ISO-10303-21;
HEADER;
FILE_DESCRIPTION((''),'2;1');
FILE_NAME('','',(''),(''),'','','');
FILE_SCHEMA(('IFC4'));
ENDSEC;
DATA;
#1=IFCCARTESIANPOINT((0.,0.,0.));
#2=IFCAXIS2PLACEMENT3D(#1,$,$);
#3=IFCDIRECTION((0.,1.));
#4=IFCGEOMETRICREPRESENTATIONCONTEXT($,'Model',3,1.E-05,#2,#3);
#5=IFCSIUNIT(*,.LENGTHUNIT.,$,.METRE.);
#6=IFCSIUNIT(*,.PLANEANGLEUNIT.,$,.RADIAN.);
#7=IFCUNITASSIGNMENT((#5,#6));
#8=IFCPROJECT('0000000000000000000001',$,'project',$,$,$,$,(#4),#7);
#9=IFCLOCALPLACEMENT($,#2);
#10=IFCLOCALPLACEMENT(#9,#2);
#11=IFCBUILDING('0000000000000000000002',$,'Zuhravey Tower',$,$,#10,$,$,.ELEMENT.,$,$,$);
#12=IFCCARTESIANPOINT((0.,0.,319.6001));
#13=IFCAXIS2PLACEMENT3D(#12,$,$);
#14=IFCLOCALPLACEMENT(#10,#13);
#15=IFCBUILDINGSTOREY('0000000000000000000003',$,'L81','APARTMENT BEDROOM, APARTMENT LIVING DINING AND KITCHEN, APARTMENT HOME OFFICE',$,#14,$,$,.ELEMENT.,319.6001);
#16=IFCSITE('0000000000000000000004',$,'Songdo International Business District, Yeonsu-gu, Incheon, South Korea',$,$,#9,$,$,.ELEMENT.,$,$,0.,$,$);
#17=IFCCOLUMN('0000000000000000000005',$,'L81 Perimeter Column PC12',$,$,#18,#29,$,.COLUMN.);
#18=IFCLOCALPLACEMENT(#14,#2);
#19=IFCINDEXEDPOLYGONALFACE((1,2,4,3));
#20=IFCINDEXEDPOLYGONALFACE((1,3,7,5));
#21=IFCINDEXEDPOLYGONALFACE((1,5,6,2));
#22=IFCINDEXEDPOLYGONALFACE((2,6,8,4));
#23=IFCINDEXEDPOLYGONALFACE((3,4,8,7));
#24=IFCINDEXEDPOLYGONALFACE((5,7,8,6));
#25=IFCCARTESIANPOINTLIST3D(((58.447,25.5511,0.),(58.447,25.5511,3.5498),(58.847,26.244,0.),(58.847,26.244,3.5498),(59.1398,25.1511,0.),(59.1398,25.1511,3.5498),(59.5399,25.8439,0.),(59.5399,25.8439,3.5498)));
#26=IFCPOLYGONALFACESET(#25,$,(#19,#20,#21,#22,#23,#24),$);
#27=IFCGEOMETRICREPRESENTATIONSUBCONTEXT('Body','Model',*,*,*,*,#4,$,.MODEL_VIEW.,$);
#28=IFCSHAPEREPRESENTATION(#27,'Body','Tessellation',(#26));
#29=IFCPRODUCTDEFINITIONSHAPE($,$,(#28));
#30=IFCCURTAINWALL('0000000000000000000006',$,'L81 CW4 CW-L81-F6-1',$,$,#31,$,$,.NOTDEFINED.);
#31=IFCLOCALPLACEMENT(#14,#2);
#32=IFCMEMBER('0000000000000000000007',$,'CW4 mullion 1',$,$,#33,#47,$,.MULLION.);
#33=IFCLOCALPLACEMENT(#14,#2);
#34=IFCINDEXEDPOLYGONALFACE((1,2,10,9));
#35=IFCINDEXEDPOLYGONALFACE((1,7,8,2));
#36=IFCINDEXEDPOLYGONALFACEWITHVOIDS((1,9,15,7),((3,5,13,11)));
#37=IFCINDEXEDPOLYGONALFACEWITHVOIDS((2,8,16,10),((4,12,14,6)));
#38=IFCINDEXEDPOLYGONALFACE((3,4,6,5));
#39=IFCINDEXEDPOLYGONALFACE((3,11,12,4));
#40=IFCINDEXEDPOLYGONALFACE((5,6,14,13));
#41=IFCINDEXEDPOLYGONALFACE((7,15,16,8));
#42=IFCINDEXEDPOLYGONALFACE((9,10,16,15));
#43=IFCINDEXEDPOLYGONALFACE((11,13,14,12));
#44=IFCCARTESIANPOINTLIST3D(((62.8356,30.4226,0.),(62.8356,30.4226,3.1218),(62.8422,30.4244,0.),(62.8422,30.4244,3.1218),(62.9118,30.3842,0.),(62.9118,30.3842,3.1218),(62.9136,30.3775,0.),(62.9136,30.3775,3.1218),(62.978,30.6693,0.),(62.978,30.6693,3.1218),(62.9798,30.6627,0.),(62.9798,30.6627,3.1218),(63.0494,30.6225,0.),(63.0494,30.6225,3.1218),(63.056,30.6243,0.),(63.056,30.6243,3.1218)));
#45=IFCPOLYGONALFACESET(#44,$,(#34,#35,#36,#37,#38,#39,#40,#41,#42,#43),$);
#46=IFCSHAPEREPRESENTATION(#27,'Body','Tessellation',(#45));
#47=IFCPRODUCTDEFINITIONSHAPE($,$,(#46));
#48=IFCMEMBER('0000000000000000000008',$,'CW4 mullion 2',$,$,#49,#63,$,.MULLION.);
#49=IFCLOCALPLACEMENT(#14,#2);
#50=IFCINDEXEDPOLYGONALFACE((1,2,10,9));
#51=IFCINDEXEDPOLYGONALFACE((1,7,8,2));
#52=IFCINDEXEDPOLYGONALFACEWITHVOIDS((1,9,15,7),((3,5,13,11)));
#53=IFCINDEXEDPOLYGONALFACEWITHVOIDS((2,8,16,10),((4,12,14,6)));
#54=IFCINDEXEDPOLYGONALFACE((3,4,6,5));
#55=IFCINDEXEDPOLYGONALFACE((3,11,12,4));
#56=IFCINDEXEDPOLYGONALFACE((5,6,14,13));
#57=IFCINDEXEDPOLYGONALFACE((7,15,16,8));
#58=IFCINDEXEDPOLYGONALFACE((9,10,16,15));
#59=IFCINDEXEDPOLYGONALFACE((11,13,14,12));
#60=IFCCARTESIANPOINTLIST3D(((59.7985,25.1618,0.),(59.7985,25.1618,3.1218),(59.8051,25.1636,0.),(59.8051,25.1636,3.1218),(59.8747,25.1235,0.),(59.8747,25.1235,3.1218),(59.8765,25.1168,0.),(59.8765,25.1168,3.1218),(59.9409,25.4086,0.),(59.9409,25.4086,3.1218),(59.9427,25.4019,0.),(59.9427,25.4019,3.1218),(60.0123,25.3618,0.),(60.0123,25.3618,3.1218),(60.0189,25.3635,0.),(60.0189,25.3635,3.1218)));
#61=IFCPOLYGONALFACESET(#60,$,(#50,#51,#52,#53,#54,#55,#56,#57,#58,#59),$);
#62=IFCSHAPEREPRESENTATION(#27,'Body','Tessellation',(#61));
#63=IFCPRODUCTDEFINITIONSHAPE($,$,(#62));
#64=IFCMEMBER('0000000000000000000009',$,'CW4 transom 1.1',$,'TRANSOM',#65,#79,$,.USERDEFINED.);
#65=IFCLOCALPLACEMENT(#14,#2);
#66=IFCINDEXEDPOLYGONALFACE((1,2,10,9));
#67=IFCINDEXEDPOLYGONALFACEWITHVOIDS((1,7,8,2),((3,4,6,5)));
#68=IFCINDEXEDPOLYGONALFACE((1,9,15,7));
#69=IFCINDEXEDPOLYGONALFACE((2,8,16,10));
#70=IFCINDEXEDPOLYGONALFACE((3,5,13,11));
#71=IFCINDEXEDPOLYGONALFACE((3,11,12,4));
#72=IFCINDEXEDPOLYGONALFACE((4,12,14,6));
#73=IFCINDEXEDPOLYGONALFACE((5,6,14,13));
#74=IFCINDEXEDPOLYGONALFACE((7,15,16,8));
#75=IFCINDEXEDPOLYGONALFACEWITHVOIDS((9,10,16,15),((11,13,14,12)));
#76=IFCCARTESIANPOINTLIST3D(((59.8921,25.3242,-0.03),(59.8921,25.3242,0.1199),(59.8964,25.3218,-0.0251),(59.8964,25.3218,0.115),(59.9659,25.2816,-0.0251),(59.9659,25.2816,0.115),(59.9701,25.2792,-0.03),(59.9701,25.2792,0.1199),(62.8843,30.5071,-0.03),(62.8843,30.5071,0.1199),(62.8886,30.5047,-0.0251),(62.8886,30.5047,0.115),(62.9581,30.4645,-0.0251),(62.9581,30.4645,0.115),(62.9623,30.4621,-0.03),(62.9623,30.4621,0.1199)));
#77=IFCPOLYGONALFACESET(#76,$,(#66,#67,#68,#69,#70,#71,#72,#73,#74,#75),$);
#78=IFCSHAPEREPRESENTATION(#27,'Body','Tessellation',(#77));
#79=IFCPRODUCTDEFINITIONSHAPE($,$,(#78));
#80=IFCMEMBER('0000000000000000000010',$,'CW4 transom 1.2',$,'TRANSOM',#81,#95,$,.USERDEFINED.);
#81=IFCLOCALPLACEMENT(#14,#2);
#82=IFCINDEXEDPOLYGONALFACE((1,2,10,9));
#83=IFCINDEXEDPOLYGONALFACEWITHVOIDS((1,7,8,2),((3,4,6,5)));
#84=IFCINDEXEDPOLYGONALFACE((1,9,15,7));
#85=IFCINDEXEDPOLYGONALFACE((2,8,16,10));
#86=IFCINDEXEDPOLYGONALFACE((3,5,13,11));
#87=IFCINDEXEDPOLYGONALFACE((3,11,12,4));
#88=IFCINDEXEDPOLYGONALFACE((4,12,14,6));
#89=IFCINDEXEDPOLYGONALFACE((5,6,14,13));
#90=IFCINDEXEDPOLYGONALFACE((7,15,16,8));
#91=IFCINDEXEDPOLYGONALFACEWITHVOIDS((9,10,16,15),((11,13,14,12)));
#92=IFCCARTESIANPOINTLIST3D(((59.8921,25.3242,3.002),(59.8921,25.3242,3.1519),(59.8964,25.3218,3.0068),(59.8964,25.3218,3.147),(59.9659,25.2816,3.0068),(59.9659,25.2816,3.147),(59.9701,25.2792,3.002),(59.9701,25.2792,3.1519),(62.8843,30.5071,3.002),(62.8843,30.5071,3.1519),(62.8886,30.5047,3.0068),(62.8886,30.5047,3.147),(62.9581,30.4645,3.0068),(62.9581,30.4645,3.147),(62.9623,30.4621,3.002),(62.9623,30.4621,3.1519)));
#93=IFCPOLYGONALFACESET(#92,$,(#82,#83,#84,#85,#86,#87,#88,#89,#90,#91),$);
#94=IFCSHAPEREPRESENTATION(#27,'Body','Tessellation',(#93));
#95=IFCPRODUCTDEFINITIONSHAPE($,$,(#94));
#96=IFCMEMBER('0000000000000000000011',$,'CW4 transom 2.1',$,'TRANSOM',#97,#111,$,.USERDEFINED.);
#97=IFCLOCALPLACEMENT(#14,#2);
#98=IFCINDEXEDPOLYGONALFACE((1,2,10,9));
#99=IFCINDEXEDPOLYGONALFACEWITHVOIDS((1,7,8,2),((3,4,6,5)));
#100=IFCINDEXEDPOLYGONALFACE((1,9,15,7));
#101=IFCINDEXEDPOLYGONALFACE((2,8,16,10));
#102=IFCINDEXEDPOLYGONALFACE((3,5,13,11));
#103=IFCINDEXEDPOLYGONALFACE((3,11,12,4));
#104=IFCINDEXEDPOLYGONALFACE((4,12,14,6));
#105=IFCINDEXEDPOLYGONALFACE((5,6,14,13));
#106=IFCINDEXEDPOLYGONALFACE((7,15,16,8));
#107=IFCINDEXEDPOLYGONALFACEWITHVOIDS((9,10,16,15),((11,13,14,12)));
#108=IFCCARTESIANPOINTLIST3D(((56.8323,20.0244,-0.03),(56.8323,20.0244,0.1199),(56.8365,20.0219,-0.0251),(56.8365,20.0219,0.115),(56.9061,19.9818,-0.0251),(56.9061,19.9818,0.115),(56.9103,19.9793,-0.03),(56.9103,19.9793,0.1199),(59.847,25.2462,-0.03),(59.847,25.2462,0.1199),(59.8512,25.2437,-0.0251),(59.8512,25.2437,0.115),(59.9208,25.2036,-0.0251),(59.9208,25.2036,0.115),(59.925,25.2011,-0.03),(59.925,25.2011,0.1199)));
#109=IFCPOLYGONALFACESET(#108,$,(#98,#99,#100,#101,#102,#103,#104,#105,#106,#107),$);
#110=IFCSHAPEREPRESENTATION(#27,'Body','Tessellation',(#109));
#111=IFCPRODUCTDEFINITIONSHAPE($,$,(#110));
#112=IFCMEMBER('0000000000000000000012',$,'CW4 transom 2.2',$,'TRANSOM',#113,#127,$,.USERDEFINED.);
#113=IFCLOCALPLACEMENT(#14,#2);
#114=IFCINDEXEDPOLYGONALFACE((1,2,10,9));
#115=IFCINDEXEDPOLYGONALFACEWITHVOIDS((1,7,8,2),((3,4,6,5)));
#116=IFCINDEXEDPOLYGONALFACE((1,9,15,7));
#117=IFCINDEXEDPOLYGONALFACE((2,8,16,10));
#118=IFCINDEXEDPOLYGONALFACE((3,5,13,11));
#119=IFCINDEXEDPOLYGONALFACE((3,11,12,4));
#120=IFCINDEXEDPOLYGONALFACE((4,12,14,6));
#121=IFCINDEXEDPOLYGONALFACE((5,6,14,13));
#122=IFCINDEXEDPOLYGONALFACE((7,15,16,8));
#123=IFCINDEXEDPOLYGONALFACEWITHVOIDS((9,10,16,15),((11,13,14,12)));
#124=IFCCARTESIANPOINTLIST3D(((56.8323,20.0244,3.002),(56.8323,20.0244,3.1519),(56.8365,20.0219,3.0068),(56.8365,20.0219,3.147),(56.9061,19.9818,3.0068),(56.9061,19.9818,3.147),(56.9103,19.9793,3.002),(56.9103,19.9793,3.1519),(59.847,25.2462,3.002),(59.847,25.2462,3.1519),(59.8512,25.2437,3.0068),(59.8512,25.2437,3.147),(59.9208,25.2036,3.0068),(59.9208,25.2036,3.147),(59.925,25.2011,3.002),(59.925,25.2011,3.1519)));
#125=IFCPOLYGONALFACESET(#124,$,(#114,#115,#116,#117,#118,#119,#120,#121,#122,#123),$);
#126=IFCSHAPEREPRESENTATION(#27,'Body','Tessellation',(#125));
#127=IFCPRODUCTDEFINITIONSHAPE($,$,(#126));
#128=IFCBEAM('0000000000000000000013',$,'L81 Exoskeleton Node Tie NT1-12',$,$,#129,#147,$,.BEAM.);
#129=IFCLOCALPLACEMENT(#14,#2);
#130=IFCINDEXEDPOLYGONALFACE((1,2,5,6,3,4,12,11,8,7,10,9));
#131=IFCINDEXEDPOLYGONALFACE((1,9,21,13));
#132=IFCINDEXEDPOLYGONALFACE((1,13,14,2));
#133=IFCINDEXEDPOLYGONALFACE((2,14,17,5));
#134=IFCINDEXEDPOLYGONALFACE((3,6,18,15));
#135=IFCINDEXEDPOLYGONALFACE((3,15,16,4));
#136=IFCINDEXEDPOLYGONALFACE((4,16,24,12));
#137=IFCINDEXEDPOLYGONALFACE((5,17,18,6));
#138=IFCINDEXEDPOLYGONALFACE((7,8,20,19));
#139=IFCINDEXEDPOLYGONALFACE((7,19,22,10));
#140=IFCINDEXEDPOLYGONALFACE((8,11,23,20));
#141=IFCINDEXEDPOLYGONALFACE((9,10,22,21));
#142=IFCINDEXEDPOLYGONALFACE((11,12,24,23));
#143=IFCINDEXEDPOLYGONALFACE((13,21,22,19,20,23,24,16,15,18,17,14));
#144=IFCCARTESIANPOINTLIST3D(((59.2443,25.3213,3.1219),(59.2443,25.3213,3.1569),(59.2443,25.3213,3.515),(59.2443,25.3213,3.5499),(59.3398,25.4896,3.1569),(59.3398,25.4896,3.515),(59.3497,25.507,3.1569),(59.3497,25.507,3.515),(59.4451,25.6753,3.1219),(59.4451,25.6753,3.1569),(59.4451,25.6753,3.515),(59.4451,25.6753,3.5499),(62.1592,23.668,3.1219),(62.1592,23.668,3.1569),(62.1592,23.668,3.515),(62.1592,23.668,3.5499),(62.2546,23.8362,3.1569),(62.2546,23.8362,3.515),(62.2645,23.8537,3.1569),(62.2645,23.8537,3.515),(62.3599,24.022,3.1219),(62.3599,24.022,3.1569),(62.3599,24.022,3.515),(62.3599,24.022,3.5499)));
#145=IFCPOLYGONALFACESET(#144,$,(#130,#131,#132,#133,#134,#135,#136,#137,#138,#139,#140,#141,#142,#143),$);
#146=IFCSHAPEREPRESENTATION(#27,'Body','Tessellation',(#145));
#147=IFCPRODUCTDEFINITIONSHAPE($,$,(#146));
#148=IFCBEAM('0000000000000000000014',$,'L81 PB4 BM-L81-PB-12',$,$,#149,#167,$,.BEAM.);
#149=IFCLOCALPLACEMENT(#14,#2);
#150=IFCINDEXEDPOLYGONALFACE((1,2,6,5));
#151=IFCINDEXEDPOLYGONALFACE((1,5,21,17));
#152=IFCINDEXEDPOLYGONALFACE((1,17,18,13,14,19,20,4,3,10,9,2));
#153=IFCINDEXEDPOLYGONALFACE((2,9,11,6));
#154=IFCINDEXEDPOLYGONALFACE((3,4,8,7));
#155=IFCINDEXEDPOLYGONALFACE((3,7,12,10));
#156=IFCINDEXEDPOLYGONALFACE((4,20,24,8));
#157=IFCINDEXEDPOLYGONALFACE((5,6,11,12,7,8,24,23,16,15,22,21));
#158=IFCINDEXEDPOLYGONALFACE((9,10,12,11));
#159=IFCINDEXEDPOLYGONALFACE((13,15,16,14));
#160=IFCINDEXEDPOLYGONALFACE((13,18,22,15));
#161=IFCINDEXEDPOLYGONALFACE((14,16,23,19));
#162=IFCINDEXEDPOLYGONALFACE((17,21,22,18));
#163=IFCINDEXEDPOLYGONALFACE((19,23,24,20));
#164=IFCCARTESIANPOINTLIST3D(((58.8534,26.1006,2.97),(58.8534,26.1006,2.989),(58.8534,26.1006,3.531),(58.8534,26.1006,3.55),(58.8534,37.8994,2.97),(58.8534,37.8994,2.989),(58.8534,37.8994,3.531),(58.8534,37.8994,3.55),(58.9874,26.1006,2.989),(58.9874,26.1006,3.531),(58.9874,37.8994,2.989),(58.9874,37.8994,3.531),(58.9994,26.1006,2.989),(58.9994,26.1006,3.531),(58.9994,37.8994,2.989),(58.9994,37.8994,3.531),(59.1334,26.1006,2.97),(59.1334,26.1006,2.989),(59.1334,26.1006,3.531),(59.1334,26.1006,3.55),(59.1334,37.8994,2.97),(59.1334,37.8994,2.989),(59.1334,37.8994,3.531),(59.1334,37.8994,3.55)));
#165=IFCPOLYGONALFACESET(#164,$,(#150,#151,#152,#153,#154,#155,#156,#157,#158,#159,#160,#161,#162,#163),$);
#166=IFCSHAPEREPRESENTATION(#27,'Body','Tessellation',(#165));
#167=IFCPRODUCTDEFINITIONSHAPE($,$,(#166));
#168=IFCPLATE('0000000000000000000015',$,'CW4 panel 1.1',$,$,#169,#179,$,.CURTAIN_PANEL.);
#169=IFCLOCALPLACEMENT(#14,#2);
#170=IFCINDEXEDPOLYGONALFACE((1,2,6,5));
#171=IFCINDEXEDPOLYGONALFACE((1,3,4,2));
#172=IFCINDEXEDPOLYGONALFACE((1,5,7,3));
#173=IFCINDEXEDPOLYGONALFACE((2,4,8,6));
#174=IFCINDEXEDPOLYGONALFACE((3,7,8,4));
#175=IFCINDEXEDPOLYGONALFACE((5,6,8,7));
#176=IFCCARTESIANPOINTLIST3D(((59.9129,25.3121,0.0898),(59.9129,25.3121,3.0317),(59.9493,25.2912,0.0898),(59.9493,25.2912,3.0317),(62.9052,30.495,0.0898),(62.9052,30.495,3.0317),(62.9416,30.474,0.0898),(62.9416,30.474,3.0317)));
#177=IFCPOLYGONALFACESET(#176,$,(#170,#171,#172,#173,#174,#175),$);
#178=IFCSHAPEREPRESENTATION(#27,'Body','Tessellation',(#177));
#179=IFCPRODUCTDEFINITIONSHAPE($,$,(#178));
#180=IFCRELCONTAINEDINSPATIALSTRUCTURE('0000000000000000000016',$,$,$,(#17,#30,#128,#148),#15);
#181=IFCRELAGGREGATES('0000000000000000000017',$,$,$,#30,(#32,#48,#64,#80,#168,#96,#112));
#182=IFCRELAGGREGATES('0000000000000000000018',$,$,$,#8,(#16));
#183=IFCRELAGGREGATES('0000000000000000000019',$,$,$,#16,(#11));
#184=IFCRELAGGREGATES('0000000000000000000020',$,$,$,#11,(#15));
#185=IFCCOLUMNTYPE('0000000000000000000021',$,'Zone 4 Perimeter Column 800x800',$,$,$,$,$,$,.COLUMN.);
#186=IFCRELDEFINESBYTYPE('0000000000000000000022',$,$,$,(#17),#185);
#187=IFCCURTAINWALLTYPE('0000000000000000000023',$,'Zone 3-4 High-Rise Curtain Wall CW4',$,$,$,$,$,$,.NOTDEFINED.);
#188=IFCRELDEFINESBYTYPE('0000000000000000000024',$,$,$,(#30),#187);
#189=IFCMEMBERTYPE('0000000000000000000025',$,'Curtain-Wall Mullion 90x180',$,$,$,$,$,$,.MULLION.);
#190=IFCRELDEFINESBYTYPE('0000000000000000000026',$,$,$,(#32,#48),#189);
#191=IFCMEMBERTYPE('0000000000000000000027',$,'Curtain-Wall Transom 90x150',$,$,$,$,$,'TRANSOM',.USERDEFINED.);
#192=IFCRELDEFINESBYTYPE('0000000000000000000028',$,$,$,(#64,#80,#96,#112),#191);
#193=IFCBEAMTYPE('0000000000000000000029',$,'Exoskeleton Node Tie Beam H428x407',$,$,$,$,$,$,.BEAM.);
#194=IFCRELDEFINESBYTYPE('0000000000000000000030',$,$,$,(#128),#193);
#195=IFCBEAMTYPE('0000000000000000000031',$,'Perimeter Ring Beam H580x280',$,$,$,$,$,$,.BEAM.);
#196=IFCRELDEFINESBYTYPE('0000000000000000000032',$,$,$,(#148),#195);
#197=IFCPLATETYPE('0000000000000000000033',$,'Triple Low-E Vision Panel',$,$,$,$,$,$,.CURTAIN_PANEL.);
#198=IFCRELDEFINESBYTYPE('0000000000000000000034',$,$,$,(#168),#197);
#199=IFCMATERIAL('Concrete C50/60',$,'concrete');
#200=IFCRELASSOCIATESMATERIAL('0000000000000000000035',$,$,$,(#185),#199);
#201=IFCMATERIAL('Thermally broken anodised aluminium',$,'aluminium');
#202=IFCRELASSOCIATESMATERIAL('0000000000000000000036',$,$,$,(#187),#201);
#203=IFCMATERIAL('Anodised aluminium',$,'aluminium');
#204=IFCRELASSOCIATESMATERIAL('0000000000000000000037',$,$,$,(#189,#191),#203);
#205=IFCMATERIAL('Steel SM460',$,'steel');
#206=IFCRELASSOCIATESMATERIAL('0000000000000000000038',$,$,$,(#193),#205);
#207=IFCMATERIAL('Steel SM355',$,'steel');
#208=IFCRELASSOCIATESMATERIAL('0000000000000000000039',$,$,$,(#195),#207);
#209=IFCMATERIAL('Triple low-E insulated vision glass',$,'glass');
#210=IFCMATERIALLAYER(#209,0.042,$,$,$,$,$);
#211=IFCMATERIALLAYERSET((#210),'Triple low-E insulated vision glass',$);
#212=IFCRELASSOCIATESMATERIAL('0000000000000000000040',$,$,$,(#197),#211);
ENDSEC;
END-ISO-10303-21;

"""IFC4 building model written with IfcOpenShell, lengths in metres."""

from ifc_helpers import new_model, si_unit, direction, frame, origin, origin_2d, place, context, subcontext, project, spatial, rectangle, hollow_rectangle, i_section, extrude, material, layer, layer_set, material_profile, profile_set, type_object, element, aggregate, save


model = new_model("IFC4")

# Units and contexts
model_context = context("Model", 3, precision=1e-05, world=origin(), true_north=direction((0.0, 1.0)))
body_context = subcontext(model_context, "Body", "Model", "MODEL_VIEW")
ifc_project = project(units=[si_unit("LENGTHUNIT", "METRE"), si_unit("PLANEANGLEUNIT", "RADIAN")], contexts=[model_context])

# Site, building, storey
site_placement = place(None, origin())
site = spatial("IfcSite", under=ifc_project, at=site_placement, Name="Songdo International Business District, Yeonsu-gu, Incheon, South Korea", CompositionType="ELEMENT", RefElevation=0.0)
building_placement = place(site_placement, origin())
building = spatial("IfcBuilding", under=site, at=building_placement, Name="Zuhravey Tower", CompositionType="ELEMENT")
storey_placement = place(building_placement, frame((0.0, 0.0, 319.6001)))
storey = spatial("IfcBuildingStorey", under=building, at=storey_placement, Name="L81", Description="APARTMENT BEDROOM, APARTMENT LIVING DINING AND KITCHEN, APARTMENT HOME OFFICE", CompositionType="ELEMENT", Elevation=319.6001)

# Column
ifc_material_1 = material(Name="Concrete C50/60", Category="concrete")
ifc_material_profile_1 = material_profile(ifc_material_1, rectangle(XDim=0.8, YDim=0.8, at=origin_2d()), Name="RC-800x800")
ifc_profile_set_1 = profile_set([ifc_material_profile_1], Name="Concrete C50/60")
column_type = type_object("IfcColumnType", Name="Zone 4 Perimeter Column 800x800", PredefinedType="COLUMN", material=ifc_profile_set_1)
column_placement = place(storey_placement, frame((58.9934, 25.6975, 0.0), z_axis=(0.0, 0.0, 1.0), x_axis=(0.5, 0.866025, 0.0)))
element("IfcColumn", 1, at=column_placement, inside=storey, type_object=column_type, Name="L81 Perimeter Column PC12", PredefinedType="COLUMN", context=body_context, shape_type="SweptSolid", body=[
    extrude(rectangle(XDim=0.8, YDim=0.8, at=origin_2d()), origin(), (0.0, 0.0, 1.0), 3.5498),
])

# Curtain wall, members
ifc_material_2 = material(Name="Thermally broken anodised aluminium", Category="aluminium")
curtain_wall_type = type_object("IfcCurtainWallType", Name="Zone 3-4 High-Rise Curtain Wall CW4", PredefinedType="NOTDEFINED", material=ifc_material_2)
curtain_wall_placement = place(storey_placement, origin())
curtain_wall = element("IfcCurtainWall", 2, at=curtain_wall_placement, inside=storey, type_object=curtain_wall_type, Name="L81 CW4 CW-L81-F6-1", PredefinedType="NOTDEFINED")
ifc_material_3 = material(Name="Anodised aluminium", Category="aluminium")
ifc_material_profile_2 = material_profile(ifc_material_3, hollow_rectangle(XDim=0.0901, YDim=0.2849, WallThickness=0.0049, at=origin_2d()), Name="ALU-RHS-90x285x5")
ifc_profile_set_2 = profile_set([ifc_material_profile_2], Name="Anodised aluminium")
member_type_1 = type_object("IfcMemberType", Name="Curtain-Wall Mullion 90x180", PredefinedType="MULLION", material=ifc_profile_set_2)
member_1_placement = place(storey_placement, frame((62.9458, 30.5234, 0.0), z_axis=(0.0, 0.0, 1.0), x_axis=(0.866026, -0.5, 0.0)))
member_1 = element("IfcMember", 3, at=member_1_placement, type_object=member_type_1, Name="CW4 mullion 1", PredefinedType="MULLION", context=body_context, shape_type="SweptSolid", body=[
    extrude(hollow_rectangle(XDim=0.0901, YDim=0.2849, WallThickness=0.0049, at=origin_2d()), origin(), (0.0, 0.0, 1.0), 3.1218),
])
member_2_placement = place(storey_placement, frame((59.9087, 25.2627, 0.0), z_axis=(0.0, 0.0, 1.0), x_axis=(0.866026, -0.5, 0.0)))
member_2 = element("IfcMember", 4, at=member_2_placement, type_object=member_type_1, Name="CW4 mullion 2", PredefinedType="MULLION", context=body_context, shape_type="SweptSolid", body=[
    extrude(hollow_rectangle(XDim=0.0901, YDim=0.2849, WallThickness=0.0049, at=origin_2d()), origin(), (0.0, 0.0, 1.0), 3.1218),
])
ifc_material_profile_3 = material_profile(ifc_material_3, hollow_rectangle(XDim=0.0901, YDim=0.1499, WallThickness=0.0049, at=origin_2d()), Name="ALU-RHS-90x150x5")
ifc_profile_set_3 = profile_set([ifc_material_profile_3], Name="Anodised aluminium")
member_type_2 = type_object("IfcMemberType", Name="Curtain-Wall Transom 90x150", ElementType="TRANSOM", PredefinedType="USERDEFINED", material=ifc_profile_set_3)
member_3_placement = place(storey_placement, frame((62.9233, 30.4846, 0.0449), z_axis=(-0.499983, -0.866035, 0.0), x_axis=(0.866035, -0.499983, 0.0)))
member_3 = element("IfcMember", 5, at=member_3_placement, type_object=member_type_2, Name="CW4 transom 1.1", ObjectType="TRANSOM", PredefinedType="USERDEFINED", context=body_context, shape_type="SweptSolid", body=[
    extrude(hollow_rectangle(XDim=0.0901, YDim=0.1499, WallThickness=0.0049, at=origin_2d()), origin(), (0.0, 0.0, 1.0), 5.9846),
])
member_4_placement = place(storey_placement, frame((62.9233, 30.4846, 3.0769), z_axis=(-0.499983, -0.866035, 0.0), x_axis=(0.866035, -0.499983, 0.0)))
member_4 = element("IfcMember", 6, at=member_4_placement, type_object=member_type_2, Name="CW4 transom 1.2", ObjectType="TRANSOM", PredefinedType="USERDEFINED", context=body_context, shape_type="SweptSolid", body=[
    extrude(hollow_rectangle(XDim=0.0901, YDim=0.1499, WallThickness=0.0049, at=origin_2d()), origin(), (0.0, 0.0, 1.0), 5.9846),
])
member_5_placement = place(storey_placement, frame((59.886, 25.2236, 0.0449), z_axis=(-0.499989, -0.866032, 0.0), x_axis=(0.866032, -0.499989, 0.0)))
member_5 = element("IfcMember", 7, at=member_5_placement, type_object=member_type_2, Name="CW4 transom 2.1", ObjectType="TRANSOM", PredefinedType="USERDEFINED", context=body_context, shape_type="SweptSolid", body=[
    extrude(hollow_rectangle(XDim=0.0901, YDim=0.1499, WallThickness=0.0049, at=origin_2d()), origin(), (0.0, 0.0, 1.0), 6.0295),
])
member_6_placement = place(storey_placement, frame((59.886, 25.2236, 3.0769), z_axis=(-0.499989, -0.866032, 0.0), x_axis=(0.866032, -0.499989, 0.0)))
member_6 = element("IfcMember", 8, at=member_6_placement, type_object=member_type_2, Name="CW4 transom 2.2", ObjectType="TRANSOM", PredefinedType="USERDEFINED", context=body_context, shape_type="SweptSolid", body=[
    extrude(hollow_rectangle(XDim=0.0901, YDim=0.1499, WallThickness=0.0049, at=origin_2d()), origin(), (0.0, 0.0, 1.0), 6.0295),
])

# Beams
ifc_material_4 = material(Name="Steel SM460", Category="steel")
ifc_material_profile_4 = material_profile(ifc_material_4, i_section(OverallWidth=0.407, OverallDepth=0.428, WebThickness=0.02, FlangeThickness=0.0349, at=origin_2d()), Name="H-428x407x20x35")
ifc_profile_set_4 = profile_set([ifc_material_profile_4], Name="Steel SM460")
beam_type_1 = type_object("IfcBeamType", Name="Exoskeleton Node Tie Beam H428x407", PredefinedType="BEAM", material=ifc_profile_set_4)
beam_1_placement = place(storey_placement, frame((59.3447, 25.4983, 3.3359), z_axis=(0.869817, -0.493375, 0.0), x_axis=(0.493375, 0.869817, 0.0)))
element("IfcBeam", 9, at=beam_1_placement, inside=storey, type_object=beam_type_1, Name="L81 Exoskeleton Node Tie NT1-12", PredefinedType="BEAM", context=body_context, shape_type="SweptSolid", body=[
    extrude(i_section(OverallWidth=0.407, OverallDepth=0.428, WebThickness=0.02, FlangeThickness=0.0349, at=origin_2d()), origin(), (0.0, 0.0, 1.0), 3.3511),
])
ifc_material_5 = material(Name="Steel SM355", Category="steel")
ifc_material_profile_5 = material_profile(ifc_material_5, i_section(OverallWidth=0.28, OverallDepth=0.5801, WebThickness=0.012, FlangeThickness=0.019, at=origin_2d()), Name="H-580x280x12x19")
ifc_profile_set_5 = profile_set([ifc_material_profile_5], Name="Steel SM355")
beam_type_2 = type_object("IfcBeamType", Name="Perimeter Ring Beam H580x280", PredefinedType="BEAM", material=ifc_profile_set_5)
beam_2_placement = place(storey_placement, frame((58.9934, 26.1006, 3.26), z_axis=(0.0, 1.0, 0.0), x_axis=(-1.0, 0.0, 0.0)))
element("IfcBeam", 10, at=beam_2_placement, inside=storey, type_object=beam_type_2, Name="L81 PB4 BM-L81-PB-12", PredefinedType="BEAM", context=body_context, shape_type="SweptSolid", body=[
    extrude(i_section(OverallWidth=0.28, OverallDepth=0.5801, WebThickness=0.012, FlangeThickness=0.019, at=origin_2d()), origin(), (0.0, 0.0, 1.0), 11.7988),
])

# Plate
ifc_material_6 = material(Name="Triple low-E insulated vision glass", Category="glass")
ifc_layer_1 = layer(ifc_material_6, 0.042)
ifc_layer_set_1 = layer_set([ifc_layer_1], Name="Triple low-E insulated vision glass")
plate_type = type_object("IfcPlateType", Name="Triple Low-E Vision Panel", PredefinedType="CURTAIN_PANEL", material=ifc_layer_set_1)
plate_1_placement = place(storey_placement, frame((61.4272, 27.8931, 0.0898), z_axis=(0.0, 0.0, 1.0), x_axis=(-0.5, -0.866026, 0.0)))
plate_1 = element("IfcPlate", 11, at=plate_1_placement, type_object=plate_type, Name="CW4 panel 1.1", PredefinedType="CURTAIN_PANEL", context=body_context, shape_type="SweptSolid", body=[
    extrude(rectangle(XDim=5.9846, YDim=0.042, at=origin_2d()), origin(), (0.0, 0.0, 1.0), 2.9419),
])
aggregate(curtain_wall, [member_1, member_2, member_3, member_4, plate_1, member_5, member_6])

save(model, "model.ifc")
